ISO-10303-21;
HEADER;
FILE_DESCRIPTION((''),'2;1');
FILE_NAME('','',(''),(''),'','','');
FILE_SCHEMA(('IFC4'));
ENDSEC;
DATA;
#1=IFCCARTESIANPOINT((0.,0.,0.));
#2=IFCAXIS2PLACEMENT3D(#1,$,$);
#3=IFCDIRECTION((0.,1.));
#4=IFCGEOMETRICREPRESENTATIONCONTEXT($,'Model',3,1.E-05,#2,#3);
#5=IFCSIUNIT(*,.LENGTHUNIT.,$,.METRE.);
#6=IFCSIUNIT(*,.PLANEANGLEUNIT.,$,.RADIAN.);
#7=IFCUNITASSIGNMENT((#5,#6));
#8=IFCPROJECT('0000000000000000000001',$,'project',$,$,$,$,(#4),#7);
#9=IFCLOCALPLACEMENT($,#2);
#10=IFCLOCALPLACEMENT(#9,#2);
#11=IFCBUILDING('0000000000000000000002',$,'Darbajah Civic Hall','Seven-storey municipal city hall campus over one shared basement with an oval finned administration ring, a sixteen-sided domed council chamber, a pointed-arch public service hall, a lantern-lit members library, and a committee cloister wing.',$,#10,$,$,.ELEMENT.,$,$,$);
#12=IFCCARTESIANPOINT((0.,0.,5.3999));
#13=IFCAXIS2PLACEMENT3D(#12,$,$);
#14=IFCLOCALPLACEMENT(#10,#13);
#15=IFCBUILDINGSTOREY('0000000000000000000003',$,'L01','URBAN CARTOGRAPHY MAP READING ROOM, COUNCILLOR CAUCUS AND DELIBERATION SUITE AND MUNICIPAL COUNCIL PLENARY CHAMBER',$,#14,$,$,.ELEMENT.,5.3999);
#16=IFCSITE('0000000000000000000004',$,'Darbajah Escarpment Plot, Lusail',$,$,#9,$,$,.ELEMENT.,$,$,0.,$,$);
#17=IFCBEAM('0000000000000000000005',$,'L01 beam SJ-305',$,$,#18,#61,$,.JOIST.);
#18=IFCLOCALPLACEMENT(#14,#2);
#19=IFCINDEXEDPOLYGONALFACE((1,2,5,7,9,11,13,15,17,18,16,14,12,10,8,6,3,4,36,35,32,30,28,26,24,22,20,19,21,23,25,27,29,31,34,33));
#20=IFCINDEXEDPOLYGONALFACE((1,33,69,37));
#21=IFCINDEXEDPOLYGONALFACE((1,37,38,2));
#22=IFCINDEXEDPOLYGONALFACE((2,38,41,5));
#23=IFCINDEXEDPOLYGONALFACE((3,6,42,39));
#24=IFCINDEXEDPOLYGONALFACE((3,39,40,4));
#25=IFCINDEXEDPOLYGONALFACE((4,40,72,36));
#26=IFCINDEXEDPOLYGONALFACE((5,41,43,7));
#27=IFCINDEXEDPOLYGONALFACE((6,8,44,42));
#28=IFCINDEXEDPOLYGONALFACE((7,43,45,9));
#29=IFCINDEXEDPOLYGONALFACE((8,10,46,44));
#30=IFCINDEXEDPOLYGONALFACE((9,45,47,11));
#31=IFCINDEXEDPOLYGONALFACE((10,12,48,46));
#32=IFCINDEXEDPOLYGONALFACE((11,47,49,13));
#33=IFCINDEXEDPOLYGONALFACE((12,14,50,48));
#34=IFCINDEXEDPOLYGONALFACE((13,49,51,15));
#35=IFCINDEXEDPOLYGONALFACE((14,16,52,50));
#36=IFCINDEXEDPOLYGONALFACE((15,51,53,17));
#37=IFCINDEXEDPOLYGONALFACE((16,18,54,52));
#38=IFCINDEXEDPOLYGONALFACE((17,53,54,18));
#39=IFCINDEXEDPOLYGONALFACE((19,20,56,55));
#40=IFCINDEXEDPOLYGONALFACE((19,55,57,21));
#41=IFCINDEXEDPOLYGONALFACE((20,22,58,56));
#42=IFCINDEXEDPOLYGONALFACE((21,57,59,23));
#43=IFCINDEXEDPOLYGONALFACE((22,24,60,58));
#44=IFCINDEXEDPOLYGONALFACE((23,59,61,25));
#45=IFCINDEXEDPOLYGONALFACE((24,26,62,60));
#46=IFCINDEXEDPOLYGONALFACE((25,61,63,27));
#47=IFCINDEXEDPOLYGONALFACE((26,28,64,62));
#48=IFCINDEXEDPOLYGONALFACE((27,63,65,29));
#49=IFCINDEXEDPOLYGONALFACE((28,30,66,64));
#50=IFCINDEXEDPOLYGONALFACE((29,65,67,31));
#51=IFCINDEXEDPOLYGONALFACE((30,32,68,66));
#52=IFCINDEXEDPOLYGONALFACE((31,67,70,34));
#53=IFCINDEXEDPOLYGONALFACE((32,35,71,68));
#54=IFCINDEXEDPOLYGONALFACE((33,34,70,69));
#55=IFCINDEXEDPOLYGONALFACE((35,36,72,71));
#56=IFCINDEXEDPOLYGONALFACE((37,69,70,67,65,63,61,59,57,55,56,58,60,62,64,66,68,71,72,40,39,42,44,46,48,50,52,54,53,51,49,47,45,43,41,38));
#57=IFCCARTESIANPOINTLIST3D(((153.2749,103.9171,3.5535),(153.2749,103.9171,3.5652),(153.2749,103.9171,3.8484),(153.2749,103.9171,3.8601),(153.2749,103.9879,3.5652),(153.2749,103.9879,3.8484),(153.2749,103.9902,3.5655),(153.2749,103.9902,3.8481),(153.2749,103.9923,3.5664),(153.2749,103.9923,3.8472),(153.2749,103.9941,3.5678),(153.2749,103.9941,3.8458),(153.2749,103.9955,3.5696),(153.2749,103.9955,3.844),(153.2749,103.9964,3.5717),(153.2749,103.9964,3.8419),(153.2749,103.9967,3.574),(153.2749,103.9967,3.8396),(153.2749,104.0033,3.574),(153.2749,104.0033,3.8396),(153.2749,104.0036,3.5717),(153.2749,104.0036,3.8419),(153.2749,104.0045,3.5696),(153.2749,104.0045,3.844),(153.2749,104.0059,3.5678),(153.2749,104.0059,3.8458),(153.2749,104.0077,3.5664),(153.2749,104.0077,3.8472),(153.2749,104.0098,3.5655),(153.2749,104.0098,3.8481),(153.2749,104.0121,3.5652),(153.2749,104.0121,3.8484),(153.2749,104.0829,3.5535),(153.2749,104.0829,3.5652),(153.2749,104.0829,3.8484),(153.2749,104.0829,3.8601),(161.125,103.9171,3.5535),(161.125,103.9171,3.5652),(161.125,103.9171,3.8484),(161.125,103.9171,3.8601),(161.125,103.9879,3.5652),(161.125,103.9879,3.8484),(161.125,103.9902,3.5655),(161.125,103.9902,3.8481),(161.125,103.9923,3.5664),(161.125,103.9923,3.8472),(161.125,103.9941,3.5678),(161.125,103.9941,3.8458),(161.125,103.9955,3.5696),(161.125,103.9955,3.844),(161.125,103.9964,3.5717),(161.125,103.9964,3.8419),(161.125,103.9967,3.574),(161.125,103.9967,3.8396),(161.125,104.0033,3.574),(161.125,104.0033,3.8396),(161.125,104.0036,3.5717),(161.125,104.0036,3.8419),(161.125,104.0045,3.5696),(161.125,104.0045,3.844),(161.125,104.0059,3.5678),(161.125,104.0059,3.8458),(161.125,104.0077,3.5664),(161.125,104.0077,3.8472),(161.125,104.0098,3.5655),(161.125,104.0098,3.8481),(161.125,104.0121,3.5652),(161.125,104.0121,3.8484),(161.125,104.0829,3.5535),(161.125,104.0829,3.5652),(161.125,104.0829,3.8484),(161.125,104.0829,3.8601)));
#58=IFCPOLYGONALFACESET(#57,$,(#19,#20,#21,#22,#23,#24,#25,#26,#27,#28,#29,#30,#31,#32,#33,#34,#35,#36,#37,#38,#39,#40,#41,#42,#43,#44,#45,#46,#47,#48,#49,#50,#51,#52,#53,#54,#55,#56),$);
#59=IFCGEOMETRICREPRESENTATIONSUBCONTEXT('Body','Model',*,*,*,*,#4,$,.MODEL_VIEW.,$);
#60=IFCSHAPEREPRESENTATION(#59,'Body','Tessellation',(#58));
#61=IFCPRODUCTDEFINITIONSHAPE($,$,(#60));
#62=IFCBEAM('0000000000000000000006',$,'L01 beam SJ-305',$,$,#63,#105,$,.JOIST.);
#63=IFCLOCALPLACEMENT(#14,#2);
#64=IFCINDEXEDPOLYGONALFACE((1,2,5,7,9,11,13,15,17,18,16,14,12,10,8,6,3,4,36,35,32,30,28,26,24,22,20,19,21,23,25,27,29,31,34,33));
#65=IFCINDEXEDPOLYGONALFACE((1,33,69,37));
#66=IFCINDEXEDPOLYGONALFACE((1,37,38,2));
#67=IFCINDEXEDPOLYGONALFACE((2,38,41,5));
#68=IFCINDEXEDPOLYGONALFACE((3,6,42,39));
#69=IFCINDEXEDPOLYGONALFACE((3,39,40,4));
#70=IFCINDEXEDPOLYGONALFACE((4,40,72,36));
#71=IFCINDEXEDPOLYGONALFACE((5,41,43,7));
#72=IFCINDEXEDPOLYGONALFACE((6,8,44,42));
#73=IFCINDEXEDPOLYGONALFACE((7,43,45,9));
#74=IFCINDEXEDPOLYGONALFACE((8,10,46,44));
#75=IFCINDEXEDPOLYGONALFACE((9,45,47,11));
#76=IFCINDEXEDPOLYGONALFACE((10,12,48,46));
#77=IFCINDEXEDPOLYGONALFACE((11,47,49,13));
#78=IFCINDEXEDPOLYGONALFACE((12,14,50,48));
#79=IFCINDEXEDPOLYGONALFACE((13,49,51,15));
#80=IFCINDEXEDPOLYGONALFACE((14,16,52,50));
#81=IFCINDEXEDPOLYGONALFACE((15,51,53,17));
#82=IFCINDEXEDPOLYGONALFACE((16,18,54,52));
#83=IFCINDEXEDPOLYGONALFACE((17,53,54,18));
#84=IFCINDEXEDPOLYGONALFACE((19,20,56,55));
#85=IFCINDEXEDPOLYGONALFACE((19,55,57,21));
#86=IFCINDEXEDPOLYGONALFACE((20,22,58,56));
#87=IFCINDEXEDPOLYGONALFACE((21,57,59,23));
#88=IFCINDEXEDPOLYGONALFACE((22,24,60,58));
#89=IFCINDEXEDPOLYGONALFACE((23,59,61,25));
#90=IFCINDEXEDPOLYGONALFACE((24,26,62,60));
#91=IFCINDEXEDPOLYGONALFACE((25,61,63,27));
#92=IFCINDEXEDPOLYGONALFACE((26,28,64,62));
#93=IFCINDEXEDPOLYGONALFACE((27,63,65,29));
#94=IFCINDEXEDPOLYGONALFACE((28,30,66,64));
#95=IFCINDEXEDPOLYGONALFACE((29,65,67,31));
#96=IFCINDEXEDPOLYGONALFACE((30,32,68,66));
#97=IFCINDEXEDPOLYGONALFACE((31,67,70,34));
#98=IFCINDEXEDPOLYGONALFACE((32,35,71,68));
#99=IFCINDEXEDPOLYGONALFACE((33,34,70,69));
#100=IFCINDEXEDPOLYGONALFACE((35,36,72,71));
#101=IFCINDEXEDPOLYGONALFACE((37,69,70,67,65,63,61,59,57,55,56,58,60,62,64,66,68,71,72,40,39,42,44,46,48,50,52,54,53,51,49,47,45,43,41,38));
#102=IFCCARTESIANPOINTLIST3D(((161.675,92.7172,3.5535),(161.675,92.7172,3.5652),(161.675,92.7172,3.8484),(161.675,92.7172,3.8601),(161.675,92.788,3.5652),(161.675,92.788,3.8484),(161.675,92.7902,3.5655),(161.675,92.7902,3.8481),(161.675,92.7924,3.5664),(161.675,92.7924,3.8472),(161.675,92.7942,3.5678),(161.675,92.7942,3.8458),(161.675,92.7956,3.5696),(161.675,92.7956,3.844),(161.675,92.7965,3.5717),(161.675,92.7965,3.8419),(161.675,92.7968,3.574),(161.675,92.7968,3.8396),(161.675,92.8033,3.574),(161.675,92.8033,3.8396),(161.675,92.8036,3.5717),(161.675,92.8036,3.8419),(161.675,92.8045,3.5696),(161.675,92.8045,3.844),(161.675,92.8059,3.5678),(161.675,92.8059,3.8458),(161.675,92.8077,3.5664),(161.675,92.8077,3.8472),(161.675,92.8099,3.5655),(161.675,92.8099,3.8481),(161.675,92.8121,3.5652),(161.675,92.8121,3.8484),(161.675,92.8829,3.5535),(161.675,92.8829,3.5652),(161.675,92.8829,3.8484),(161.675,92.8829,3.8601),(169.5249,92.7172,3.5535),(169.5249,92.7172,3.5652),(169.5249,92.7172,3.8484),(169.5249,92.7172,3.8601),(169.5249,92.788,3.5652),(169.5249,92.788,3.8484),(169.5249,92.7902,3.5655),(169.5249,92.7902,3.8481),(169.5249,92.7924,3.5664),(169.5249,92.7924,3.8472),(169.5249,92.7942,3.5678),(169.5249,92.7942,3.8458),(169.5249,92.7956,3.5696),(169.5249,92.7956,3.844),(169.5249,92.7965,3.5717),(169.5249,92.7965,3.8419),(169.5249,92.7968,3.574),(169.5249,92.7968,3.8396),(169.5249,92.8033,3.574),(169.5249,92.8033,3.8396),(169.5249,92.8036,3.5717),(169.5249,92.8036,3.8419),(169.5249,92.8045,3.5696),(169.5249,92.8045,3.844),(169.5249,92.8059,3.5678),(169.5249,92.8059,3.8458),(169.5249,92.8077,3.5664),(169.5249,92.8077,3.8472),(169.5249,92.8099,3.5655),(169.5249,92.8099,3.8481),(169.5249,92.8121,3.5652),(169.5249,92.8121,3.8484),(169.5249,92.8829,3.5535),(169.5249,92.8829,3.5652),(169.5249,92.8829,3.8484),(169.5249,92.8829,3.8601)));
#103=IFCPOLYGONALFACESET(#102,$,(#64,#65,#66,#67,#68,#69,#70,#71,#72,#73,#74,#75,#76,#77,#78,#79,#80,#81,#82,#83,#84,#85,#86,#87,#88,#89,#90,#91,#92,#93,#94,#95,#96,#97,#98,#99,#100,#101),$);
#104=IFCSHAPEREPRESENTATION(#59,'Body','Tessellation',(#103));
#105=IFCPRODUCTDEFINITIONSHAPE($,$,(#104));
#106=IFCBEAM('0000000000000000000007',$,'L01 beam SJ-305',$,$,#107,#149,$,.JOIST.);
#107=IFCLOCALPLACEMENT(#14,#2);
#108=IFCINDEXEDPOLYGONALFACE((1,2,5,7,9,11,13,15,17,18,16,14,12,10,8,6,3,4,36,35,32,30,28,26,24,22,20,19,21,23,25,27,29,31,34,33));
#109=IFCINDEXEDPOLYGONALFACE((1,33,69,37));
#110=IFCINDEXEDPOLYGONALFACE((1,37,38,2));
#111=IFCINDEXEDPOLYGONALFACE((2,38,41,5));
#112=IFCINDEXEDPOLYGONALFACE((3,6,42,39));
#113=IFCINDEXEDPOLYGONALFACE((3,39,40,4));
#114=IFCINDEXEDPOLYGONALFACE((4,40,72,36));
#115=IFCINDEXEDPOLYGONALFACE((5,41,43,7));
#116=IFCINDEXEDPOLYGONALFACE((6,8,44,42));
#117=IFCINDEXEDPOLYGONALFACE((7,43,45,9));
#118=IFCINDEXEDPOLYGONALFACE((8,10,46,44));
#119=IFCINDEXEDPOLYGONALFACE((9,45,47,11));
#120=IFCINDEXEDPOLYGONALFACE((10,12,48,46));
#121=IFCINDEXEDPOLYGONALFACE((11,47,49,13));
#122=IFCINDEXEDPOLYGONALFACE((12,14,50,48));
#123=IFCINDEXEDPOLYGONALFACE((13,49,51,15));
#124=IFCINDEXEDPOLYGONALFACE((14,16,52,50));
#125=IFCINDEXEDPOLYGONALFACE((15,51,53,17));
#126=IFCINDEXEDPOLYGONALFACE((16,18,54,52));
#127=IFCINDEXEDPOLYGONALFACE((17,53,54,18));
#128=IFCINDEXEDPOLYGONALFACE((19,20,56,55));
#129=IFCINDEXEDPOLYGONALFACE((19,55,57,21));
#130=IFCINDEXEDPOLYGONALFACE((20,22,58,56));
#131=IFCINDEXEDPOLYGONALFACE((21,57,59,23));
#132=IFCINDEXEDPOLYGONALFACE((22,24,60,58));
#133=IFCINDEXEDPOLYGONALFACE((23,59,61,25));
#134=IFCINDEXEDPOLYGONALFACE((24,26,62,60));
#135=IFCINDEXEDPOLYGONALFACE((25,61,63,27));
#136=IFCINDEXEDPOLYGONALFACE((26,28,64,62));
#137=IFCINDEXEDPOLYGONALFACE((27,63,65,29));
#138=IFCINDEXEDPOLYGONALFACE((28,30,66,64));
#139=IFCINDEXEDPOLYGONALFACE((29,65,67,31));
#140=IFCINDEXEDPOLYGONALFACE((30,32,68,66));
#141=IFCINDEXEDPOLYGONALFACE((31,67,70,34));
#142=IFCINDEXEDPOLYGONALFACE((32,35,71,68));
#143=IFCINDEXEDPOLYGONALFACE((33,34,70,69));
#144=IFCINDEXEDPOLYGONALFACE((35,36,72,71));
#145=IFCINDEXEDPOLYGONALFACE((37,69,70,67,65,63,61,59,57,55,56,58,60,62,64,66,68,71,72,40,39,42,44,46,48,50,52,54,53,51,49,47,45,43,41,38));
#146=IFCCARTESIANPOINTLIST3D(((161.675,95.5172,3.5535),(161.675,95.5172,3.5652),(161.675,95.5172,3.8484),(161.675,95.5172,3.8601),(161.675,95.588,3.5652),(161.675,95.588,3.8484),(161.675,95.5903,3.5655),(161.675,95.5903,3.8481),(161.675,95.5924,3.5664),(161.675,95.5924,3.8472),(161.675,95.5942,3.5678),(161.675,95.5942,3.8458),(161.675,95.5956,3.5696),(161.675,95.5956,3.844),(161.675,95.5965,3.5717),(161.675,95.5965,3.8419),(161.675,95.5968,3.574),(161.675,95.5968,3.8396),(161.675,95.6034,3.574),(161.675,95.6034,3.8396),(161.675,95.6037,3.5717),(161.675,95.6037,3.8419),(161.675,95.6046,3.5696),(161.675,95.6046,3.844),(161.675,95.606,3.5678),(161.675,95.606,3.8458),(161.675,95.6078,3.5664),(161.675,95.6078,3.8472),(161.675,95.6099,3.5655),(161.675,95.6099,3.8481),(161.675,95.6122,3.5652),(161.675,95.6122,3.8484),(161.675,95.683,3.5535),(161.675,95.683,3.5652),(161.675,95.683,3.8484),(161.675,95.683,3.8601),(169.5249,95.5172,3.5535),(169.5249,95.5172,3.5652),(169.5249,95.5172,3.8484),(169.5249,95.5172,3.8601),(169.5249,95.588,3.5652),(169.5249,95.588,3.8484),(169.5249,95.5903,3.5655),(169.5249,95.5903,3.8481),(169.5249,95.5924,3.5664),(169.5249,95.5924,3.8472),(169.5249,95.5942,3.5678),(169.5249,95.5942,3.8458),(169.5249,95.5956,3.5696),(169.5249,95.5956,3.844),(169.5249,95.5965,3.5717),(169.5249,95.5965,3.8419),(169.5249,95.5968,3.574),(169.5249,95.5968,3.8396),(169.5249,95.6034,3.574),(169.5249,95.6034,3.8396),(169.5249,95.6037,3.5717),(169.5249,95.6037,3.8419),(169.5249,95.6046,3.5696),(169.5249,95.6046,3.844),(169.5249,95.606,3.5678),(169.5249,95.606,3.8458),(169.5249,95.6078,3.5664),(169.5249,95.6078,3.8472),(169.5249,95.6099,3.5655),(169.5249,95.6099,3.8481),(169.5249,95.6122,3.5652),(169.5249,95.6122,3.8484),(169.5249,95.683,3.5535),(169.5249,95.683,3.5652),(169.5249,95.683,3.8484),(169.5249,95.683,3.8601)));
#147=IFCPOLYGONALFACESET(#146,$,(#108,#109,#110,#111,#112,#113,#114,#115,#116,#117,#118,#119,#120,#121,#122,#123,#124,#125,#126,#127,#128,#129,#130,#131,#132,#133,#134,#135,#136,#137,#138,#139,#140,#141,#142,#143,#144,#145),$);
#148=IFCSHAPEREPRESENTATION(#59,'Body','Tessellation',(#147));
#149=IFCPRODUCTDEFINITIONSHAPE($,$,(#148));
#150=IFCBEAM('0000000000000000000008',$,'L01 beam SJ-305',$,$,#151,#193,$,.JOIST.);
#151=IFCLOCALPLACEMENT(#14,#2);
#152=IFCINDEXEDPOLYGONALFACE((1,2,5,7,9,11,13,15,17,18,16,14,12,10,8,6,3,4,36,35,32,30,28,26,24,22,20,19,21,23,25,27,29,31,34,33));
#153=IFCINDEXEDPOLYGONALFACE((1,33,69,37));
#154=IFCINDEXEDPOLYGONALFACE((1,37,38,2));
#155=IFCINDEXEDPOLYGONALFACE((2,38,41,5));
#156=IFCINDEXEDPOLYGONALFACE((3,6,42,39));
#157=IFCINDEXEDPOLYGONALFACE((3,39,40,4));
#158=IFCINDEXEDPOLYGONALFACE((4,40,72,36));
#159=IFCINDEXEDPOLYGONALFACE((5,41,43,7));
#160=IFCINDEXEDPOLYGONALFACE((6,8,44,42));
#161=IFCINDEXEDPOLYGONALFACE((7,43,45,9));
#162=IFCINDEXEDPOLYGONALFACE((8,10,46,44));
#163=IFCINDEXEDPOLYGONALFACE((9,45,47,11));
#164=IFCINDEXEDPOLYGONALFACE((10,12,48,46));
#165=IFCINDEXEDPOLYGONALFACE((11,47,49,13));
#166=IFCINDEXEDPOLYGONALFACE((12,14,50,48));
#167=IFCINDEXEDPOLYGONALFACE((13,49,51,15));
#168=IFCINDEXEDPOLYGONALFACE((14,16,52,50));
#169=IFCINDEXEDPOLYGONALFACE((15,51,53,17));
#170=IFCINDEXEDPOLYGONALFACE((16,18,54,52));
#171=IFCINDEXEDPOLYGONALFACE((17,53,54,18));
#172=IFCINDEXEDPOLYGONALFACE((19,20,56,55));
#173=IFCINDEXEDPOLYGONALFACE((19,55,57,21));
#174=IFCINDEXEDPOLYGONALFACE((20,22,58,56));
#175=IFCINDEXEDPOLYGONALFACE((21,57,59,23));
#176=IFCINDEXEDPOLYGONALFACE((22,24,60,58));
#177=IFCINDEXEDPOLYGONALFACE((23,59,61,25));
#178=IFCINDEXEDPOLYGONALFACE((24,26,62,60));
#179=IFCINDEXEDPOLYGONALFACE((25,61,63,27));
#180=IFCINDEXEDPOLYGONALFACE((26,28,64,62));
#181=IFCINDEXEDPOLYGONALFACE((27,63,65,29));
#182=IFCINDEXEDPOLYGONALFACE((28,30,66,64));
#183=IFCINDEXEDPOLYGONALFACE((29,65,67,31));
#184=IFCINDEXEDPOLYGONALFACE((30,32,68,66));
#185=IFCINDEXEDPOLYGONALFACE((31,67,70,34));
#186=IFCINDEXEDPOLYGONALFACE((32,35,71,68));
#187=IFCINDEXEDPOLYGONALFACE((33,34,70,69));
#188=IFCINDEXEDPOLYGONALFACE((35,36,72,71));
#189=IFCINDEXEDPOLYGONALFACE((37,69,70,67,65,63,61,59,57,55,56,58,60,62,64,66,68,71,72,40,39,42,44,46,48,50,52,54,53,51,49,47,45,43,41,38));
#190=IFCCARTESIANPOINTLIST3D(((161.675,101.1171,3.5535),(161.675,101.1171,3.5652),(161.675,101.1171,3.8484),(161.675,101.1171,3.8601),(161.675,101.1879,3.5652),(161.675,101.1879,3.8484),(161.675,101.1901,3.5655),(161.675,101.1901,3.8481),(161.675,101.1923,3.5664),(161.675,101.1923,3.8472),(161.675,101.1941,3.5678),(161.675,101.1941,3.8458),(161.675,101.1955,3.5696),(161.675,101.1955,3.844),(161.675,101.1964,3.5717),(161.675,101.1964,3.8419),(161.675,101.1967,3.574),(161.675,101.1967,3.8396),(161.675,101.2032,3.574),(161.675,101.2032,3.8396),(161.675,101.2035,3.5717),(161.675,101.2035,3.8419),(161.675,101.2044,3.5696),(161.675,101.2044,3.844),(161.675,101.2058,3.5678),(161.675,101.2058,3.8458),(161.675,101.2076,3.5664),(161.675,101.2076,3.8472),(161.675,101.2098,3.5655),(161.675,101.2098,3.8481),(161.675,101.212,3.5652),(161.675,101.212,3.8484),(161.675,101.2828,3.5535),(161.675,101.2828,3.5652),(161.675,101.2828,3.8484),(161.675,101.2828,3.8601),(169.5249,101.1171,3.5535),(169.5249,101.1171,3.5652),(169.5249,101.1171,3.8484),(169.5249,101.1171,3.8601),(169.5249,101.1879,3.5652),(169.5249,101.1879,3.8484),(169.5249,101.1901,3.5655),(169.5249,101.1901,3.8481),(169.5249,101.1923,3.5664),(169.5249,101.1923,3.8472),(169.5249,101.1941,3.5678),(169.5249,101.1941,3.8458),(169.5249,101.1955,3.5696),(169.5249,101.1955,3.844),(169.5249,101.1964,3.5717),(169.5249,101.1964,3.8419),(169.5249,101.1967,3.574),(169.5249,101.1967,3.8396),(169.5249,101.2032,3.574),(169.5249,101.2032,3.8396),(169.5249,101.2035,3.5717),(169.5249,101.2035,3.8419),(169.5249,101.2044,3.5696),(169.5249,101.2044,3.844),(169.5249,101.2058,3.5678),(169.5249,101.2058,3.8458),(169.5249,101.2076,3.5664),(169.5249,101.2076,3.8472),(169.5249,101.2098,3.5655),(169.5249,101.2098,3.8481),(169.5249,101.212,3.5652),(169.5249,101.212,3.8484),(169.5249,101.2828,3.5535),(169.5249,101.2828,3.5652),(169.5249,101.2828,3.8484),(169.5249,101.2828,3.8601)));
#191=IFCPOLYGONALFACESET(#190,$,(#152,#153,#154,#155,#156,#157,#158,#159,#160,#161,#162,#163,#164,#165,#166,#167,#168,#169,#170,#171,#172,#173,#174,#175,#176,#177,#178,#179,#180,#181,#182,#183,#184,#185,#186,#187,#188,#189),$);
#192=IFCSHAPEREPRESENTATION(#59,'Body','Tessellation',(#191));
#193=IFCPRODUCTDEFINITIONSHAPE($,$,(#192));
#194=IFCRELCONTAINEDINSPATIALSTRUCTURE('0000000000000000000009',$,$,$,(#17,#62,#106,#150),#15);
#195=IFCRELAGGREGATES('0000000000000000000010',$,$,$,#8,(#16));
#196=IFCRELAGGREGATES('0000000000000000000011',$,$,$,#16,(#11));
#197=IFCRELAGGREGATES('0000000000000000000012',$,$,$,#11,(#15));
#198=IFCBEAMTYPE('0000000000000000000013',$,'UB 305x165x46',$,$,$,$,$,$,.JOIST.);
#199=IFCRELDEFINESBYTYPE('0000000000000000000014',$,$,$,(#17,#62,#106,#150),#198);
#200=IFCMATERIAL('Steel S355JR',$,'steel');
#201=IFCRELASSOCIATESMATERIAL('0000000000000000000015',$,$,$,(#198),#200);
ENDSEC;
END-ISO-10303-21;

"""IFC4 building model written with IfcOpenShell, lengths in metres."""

from ifc_helpers import new_model, si_unit, direction, frame, origin, origin_2d, place, context, subcontext, project, spatial, i_section, extrude, material, material_profile, profile_set, type_object, element, save


model = new_model("IFC4")

# Units and contexts
model_context = context("Model", 3, precision=1e-05, world=origin(), true_north=direction((0.0, 1.0)))
body_context = subcontext(model_context, "Body", "Model", "MODEL_VIEW")
ifc_project = project(units=[si_unit("LENGTHUNIT", "METRE"), si_unit("PLANEANGLEUNIT", "RADIAN")], contexts=[model_context])

# Site, building, storey
site_placement = place(None, origin())
site = spatial("IfcSite", under=ifc_project, at=site_placement, Name="Darbajah Escarpment Plot, Lusail", CompositionType="ELEMENT", RefElevation=0.0)
building_placement = place(site_placement, origin())
building = spatial("IfcBuilding", under=site, at=building_placement, Name="Darbajah Civic Hall", Description="Seven-storey municipal city hall campus over one shared basement with an oval finned administration ring, a sixteen-sided domed council chamber, a pointed-arch public service hall, a lantern-lit members library, and a committee cloister wing.", CompositionType="ELEMENT")
storey_placement = place(building_placement, frame((0.0, 0.0, 5.3999)))
storey = spatial("IfcBuildingStorey", under=building, at=storey_placement, Name="L01", Description="URBAN CARTOGRAPHY MAP READING ROOM, COUNCILLOR CAUCUS AND DELIBERATION SUITE AND MUNICIPAL COUNCIL PLENARY CHAMBER", CompositionType="ELEMENT", Elevation=5.3999)

# Beams
ifc_material_1 = material(Name="Steel S355JR", Category="steel")
ifc_material_profile_1 = material_profile(ifc_material_1, i_section(OverallWidth=0.1658, OverallDepth=0.3066, WebThickness=0.0066, FlangeThickness=0.0117, FilletRadius=0.0088, at=origin_2d()), Name="UB 305x165x46")
ifc_profile_set_1 = profile_set([ifc_material_profile_1], Name="Steel S355JR")
beam_type_1 = type_object("IfcBeamType", Name="UB 305x165x46", PredefinedType="JOIST", material=ifc_profile_set_1)
beam_1_placement = place(storey_placement, frame((153.2749, 104.0, 3.7068), z_axis=(1.0, 0.0, 0.0), x_axis=(0.0, 1.0, 0.0)))
element("IfcBeam", 1, at=beam_1_placement, inside=storey, type_object=beam_type_1, Name="L01 beam SJ-305", PredefinedType="JOIST", context=body_context, shape_type="SweptSolid", body=[
    extrude(i_section(OverallWidth=0.1658, OverallDepth=0.3066, WebThickness=0.0066, FlangeThickness=0.0117, FilletRadius=0.0088, at=origin_2d()), origin(), (0.0, 0.0, 1.0), 7.8501),
])
for number, where, z_axis, x_axis, name in (
    (2, (161.675, 92.8, 3.7068), (1.0, 0.0, 0.0), (0.0, 1.0, 0.0), "L01 beam SJ-305"),
    (3, (161.675, 95.6001, 3.7068), (1.0, 0.0, 0.0), (0.0, 1.0, 0.0), "L01 beam SJ-305"),
    (4, (161.675, 101.2, 3.7068), (1.0, 0.0, 0.0), (0.0, 1.0, 0.0), "L01 beam SJ-305"),
):
    element("IfcBeam", number, at=place(storey_placement, frame(where, z_axis=z_axis, x_axis=x_axis)), inside=storey, type_object=beam_type_1, Name=name, PredefinedType="JOIST", context=body_context, shape_type="SweptSolid", body=[
        extrude(i_section(OverallWidth=0.1658, OverallDepth=0.3066, WebThickness=0.0066, FlangeThickness=0.0117, FilletRadius=0.0088, at=origin_2d()), origin(), (0.0, 0.0, 1.0), 7.8499),
    ])

save(model, "model.ifc")
